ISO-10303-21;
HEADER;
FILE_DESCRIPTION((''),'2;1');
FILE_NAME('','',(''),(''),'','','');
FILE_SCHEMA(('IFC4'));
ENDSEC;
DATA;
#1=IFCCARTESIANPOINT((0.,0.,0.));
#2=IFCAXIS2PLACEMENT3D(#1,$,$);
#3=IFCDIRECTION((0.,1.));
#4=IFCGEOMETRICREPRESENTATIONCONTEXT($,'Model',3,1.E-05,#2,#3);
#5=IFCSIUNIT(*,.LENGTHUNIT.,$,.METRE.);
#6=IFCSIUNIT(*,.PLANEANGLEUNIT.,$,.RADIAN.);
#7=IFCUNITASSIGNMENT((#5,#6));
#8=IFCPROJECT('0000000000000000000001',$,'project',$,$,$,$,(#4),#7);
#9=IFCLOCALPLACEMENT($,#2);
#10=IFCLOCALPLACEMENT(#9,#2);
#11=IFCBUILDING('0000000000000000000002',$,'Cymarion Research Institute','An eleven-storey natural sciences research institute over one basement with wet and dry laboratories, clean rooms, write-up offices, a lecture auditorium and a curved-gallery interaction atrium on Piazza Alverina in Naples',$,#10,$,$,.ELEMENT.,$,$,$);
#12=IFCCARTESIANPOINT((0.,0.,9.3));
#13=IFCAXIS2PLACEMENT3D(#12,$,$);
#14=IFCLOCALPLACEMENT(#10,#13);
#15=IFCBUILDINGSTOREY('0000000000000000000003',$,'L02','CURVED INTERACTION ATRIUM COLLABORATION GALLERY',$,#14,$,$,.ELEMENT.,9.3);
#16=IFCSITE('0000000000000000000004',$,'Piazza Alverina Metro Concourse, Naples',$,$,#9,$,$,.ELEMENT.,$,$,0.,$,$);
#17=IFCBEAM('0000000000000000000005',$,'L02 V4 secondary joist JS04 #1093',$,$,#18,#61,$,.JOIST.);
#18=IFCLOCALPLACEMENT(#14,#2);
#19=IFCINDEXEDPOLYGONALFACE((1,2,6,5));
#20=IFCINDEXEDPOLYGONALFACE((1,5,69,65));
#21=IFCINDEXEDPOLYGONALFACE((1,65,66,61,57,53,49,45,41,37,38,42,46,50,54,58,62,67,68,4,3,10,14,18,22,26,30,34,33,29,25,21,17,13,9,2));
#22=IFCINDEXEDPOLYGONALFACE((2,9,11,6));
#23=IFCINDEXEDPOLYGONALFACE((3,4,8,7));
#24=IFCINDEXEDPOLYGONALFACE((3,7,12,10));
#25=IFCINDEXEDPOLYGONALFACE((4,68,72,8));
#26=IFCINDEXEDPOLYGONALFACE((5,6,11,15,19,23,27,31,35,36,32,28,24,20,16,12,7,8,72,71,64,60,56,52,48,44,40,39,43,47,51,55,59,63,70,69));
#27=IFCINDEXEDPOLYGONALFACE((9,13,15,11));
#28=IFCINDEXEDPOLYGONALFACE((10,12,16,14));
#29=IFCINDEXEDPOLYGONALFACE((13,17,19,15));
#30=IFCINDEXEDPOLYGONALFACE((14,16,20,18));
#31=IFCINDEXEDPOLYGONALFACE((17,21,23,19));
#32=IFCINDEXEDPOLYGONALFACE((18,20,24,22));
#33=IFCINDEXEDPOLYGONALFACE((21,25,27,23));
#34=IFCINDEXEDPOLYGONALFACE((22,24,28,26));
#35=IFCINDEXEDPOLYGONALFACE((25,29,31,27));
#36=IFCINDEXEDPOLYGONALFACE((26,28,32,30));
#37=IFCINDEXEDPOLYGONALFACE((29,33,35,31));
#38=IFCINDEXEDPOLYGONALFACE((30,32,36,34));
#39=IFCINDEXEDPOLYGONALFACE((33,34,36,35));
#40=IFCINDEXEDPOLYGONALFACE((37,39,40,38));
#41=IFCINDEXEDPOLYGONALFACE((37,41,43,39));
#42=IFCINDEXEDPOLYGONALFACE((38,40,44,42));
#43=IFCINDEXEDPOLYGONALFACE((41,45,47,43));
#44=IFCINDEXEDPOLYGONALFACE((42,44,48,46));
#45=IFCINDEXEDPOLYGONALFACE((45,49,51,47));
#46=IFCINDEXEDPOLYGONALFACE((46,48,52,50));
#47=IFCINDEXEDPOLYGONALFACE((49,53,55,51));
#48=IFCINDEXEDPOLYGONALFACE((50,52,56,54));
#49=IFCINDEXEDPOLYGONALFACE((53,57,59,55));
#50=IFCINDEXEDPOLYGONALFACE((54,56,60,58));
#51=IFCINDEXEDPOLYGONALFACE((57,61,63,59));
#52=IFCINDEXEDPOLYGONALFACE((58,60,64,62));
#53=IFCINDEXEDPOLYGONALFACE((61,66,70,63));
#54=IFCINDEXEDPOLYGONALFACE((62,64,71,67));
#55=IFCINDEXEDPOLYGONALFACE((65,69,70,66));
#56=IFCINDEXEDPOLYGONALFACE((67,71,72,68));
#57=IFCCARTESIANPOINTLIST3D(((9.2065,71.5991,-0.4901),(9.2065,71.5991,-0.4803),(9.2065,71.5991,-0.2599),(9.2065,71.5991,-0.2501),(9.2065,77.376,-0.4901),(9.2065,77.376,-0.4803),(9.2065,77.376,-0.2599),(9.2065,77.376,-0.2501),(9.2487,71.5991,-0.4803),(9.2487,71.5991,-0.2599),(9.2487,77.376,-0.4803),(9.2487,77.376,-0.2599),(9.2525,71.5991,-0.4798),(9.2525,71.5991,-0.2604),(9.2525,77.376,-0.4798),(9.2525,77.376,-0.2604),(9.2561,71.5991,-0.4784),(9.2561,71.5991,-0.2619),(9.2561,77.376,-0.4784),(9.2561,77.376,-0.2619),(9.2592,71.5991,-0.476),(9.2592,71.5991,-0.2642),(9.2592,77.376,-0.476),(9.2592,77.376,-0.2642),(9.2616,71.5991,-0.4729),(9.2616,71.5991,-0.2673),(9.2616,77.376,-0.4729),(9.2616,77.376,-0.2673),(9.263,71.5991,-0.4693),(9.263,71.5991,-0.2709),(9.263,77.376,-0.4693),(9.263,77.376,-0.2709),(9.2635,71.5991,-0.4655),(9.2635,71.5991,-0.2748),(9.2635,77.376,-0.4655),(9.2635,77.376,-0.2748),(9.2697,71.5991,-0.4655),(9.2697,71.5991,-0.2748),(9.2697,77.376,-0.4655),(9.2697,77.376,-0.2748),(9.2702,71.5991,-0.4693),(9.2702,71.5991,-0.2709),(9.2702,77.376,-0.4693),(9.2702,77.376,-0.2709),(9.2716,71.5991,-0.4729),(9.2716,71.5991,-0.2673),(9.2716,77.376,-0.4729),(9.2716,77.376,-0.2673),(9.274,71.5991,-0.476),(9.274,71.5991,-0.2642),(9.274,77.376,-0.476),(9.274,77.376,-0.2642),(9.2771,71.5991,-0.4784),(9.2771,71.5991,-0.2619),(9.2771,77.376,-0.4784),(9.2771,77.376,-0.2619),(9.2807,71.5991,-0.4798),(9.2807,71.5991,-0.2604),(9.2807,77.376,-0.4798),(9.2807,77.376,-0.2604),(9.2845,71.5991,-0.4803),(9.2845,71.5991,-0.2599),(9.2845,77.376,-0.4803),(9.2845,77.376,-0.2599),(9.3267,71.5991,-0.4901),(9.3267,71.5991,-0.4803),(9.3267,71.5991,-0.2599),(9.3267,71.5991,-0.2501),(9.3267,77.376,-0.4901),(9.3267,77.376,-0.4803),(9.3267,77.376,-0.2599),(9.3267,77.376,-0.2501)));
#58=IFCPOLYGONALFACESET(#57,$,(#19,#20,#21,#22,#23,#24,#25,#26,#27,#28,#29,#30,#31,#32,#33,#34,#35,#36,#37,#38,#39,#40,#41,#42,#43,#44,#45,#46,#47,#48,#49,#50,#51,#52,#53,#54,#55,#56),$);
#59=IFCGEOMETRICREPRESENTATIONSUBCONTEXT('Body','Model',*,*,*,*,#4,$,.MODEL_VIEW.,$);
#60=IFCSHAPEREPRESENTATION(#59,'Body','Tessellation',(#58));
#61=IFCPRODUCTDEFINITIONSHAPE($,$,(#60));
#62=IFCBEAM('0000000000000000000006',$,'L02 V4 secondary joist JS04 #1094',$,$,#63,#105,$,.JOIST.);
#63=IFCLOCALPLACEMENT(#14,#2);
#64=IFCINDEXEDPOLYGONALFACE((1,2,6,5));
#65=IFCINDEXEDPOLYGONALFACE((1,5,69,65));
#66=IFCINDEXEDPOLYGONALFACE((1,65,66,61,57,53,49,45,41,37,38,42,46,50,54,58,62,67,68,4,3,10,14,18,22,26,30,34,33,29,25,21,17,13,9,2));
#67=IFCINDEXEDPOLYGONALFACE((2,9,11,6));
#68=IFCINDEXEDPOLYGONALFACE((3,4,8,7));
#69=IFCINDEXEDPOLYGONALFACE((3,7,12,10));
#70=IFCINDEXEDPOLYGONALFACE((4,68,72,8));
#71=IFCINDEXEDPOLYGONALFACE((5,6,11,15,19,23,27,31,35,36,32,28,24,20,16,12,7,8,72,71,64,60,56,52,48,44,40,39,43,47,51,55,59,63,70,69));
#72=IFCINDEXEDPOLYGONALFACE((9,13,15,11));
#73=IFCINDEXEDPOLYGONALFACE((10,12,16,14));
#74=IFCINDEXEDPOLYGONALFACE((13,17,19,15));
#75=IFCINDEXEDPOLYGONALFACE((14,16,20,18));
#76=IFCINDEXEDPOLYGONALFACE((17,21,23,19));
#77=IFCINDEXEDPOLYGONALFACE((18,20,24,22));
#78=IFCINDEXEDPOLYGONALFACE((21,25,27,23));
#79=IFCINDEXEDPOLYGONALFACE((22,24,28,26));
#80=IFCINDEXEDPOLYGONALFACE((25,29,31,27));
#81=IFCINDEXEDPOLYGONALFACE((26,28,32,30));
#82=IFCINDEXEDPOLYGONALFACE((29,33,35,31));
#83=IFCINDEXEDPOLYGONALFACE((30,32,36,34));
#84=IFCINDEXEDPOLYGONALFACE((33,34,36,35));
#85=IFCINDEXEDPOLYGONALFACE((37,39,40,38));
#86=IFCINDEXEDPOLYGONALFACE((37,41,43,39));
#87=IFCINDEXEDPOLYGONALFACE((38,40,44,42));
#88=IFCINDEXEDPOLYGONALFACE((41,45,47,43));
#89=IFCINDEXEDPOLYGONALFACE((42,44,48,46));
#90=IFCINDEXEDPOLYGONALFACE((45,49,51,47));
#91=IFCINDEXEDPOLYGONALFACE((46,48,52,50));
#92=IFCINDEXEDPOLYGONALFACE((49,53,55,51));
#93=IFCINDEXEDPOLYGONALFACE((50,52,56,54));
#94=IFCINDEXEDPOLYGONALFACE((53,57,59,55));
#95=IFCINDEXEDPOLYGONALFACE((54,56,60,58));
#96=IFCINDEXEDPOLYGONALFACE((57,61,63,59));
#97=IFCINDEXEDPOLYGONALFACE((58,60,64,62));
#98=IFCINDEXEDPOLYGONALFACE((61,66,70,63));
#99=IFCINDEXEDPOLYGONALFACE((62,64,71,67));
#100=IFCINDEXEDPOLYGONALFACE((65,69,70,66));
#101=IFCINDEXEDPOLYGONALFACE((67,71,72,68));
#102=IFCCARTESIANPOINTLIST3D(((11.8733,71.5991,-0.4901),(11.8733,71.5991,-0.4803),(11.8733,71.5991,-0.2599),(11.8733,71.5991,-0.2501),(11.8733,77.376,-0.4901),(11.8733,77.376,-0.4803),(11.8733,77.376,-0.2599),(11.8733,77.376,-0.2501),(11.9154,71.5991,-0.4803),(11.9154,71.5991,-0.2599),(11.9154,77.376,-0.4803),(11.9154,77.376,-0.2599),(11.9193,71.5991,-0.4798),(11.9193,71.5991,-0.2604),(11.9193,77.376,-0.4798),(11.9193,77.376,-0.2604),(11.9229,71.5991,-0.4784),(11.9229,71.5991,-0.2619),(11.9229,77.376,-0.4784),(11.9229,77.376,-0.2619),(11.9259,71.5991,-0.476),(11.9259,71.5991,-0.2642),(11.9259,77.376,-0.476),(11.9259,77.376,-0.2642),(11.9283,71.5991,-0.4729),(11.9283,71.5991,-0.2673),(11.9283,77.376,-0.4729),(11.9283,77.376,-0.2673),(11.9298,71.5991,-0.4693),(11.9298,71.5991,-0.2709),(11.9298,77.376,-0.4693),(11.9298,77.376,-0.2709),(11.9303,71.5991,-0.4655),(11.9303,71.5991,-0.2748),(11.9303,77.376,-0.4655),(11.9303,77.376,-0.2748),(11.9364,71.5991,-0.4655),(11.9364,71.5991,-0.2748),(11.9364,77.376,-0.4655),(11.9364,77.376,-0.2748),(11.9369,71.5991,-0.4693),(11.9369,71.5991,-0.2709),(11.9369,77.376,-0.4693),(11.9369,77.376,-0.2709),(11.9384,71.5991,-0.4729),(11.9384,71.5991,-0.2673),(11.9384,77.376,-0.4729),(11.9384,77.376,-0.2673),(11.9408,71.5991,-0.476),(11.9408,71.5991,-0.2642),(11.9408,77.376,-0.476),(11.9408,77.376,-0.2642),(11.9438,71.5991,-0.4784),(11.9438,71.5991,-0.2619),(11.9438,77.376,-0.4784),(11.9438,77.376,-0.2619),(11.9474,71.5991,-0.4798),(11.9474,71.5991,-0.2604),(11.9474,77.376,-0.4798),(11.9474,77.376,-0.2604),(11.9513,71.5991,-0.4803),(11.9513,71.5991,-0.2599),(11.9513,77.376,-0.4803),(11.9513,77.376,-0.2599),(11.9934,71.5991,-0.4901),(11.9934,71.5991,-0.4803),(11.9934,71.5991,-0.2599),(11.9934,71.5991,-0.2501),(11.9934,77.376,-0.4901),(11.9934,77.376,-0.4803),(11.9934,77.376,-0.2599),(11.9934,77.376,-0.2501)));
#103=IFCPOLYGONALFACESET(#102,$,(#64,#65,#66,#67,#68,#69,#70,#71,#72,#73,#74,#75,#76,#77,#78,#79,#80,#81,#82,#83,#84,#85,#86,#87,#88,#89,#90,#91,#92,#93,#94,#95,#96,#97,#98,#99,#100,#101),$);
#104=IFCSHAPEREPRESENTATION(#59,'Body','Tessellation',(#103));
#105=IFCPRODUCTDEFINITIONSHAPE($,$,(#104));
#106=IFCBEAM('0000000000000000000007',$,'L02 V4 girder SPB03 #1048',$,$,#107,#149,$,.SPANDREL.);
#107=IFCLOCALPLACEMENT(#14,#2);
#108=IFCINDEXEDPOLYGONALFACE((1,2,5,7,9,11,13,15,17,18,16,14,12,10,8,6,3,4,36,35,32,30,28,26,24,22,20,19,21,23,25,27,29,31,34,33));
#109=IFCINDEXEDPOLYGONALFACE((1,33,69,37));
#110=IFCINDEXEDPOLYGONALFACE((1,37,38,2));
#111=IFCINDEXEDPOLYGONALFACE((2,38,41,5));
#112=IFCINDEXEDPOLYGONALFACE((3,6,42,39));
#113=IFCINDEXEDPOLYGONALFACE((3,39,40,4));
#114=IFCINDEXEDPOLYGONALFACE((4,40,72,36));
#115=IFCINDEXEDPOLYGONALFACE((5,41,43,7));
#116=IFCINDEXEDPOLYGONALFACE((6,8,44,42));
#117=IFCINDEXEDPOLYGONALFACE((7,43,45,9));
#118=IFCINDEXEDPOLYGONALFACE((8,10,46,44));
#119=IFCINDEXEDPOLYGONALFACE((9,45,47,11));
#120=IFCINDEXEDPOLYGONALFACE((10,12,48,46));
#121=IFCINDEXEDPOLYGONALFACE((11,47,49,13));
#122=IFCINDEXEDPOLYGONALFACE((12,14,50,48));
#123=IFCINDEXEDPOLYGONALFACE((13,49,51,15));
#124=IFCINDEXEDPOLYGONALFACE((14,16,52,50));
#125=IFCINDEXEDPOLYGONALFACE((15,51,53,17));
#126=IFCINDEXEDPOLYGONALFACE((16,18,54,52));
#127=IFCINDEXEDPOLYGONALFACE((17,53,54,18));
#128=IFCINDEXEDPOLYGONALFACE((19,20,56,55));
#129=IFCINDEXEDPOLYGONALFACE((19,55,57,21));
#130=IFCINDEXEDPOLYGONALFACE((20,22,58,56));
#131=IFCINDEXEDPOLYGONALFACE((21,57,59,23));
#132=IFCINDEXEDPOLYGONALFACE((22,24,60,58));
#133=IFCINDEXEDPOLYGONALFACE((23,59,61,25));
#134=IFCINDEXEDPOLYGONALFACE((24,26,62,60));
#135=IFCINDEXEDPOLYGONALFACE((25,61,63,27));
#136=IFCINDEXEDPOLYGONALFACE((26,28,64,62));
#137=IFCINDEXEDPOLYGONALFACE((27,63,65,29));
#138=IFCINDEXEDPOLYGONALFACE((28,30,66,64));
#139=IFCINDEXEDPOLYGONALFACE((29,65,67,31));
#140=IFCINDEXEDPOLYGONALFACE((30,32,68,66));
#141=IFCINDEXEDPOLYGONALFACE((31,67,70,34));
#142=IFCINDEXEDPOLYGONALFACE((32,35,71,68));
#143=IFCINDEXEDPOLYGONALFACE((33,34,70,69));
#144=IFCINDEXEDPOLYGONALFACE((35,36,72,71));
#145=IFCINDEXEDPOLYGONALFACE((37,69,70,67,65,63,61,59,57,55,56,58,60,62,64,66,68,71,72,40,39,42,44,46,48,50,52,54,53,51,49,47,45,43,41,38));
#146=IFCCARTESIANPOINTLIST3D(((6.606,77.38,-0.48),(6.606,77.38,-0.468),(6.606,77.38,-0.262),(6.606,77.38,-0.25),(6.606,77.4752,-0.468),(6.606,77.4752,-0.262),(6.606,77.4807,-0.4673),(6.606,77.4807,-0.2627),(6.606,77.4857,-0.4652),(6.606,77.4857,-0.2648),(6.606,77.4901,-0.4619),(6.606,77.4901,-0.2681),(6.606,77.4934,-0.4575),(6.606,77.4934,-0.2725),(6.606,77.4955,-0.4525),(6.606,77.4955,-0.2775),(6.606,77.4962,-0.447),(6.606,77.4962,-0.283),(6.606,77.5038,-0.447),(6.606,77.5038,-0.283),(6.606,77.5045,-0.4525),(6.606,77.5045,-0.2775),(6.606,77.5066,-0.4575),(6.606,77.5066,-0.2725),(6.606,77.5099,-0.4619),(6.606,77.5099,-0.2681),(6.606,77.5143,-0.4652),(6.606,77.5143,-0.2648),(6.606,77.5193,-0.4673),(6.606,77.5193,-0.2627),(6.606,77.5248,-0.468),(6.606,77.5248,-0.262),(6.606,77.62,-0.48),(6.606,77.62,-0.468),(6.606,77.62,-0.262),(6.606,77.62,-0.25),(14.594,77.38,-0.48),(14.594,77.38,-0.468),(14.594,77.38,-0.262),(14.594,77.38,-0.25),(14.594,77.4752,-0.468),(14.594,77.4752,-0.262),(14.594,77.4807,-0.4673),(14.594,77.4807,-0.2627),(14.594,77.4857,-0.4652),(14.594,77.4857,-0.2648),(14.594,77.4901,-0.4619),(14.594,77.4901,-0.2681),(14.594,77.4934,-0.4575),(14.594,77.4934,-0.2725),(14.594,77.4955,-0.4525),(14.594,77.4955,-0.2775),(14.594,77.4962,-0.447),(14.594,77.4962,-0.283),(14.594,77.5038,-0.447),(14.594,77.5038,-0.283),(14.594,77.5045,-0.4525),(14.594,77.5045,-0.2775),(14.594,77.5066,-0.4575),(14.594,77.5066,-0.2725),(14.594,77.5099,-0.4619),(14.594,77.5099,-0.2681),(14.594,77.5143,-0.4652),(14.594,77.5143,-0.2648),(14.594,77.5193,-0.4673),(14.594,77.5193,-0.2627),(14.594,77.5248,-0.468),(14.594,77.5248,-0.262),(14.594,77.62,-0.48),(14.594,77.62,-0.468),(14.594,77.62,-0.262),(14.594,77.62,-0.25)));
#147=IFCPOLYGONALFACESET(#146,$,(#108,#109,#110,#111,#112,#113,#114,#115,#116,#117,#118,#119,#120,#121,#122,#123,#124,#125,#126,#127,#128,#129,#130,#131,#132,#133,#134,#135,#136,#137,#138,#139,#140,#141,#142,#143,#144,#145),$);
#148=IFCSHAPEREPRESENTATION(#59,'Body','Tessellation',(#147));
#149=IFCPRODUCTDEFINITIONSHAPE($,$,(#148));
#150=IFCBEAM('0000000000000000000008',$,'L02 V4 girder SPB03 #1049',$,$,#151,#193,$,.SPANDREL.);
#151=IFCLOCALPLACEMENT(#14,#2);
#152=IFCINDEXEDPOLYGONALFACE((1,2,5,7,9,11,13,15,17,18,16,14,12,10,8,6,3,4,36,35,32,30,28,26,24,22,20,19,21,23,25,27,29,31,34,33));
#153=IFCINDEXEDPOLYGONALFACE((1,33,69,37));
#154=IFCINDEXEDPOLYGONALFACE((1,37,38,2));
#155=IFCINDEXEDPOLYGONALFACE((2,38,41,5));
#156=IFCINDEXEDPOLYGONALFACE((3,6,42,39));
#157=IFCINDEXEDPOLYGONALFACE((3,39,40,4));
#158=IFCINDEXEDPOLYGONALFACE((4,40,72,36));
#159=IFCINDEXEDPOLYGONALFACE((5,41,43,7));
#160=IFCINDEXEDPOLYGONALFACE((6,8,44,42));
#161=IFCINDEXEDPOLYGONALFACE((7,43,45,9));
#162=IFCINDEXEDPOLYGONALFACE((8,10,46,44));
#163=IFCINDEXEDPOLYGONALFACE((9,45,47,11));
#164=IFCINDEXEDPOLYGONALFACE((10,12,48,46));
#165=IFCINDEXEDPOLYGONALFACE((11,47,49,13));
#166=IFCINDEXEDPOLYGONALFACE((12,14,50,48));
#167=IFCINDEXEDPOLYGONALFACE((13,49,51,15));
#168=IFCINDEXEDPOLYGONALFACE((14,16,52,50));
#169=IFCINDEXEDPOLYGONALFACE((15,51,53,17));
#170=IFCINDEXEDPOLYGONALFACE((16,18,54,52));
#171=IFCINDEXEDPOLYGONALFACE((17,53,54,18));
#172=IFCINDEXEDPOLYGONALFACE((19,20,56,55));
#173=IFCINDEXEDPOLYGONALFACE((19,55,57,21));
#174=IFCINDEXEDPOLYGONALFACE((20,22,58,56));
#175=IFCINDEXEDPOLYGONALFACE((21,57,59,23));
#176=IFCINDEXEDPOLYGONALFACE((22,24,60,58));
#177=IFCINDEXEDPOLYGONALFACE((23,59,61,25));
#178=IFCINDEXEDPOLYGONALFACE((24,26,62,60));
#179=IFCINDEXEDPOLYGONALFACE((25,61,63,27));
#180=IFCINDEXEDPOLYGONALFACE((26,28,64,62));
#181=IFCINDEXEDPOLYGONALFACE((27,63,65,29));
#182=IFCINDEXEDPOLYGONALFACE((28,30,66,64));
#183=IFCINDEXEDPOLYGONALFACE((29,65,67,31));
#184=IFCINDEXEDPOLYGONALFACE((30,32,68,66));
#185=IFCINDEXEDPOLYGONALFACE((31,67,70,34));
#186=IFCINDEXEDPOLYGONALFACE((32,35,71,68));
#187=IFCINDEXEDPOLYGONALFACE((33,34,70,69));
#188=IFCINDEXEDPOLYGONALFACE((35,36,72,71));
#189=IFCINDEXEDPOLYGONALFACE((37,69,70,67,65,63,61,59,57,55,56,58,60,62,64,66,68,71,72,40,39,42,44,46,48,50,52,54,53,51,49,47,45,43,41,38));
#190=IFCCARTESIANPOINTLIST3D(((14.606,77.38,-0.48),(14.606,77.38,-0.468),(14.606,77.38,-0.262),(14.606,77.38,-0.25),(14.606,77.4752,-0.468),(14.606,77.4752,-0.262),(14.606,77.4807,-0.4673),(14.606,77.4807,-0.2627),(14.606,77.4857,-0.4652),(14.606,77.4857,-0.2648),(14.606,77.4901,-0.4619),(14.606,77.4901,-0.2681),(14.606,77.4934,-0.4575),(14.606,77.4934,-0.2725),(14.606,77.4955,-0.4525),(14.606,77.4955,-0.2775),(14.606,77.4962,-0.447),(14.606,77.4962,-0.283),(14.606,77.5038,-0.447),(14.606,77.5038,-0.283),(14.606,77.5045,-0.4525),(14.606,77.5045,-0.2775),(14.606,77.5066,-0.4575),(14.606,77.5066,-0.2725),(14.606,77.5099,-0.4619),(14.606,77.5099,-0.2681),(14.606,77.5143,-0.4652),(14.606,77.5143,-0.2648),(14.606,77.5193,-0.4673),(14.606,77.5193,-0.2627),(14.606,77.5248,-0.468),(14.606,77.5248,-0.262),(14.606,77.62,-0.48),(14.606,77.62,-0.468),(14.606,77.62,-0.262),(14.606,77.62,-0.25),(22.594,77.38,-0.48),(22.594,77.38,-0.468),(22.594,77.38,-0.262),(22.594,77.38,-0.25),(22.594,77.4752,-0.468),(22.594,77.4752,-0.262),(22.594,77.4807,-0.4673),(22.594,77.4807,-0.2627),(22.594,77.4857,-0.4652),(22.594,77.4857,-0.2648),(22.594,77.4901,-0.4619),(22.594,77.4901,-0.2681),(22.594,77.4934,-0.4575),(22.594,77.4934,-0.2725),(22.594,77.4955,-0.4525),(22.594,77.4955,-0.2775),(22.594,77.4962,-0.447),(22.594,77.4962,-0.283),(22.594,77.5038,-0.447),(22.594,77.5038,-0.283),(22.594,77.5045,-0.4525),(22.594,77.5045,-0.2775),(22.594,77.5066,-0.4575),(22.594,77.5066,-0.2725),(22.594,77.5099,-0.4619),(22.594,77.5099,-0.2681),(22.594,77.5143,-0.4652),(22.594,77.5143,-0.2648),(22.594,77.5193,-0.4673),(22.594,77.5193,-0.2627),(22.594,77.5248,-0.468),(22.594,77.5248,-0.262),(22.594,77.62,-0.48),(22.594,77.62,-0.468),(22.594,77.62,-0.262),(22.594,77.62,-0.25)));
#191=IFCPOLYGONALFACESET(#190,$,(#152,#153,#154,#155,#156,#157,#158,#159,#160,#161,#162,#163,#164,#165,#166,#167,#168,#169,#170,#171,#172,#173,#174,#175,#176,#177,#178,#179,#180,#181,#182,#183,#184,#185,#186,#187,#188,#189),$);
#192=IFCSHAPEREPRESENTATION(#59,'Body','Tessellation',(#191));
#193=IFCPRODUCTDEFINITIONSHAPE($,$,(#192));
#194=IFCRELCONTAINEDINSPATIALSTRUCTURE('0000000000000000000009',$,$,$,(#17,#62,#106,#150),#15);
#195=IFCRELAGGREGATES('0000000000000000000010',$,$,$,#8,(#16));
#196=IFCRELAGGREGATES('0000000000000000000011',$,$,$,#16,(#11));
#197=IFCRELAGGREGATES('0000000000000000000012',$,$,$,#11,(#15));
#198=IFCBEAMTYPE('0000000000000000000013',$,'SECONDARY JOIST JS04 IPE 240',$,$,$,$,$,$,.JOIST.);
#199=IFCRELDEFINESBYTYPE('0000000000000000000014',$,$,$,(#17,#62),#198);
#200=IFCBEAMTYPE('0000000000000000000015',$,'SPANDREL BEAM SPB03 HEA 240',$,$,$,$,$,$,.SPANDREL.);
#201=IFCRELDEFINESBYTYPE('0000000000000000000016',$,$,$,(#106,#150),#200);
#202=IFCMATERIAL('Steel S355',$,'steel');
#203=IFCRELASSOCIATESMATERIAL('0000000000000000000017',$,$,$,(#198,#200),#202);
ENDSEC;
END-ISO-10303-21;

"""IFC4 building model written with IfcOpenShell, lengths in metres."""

from ifc_helpers import new_model, si_unit, direction, frame, origin, origin_2d, place, context, subcontext, project, spatial, i_section, extrude, material, material_profile, profile_set, type_object, element, save


model = new_model("IFC4")

# Units and contexts
model_context = context("Model", 3, precision=1e-05, world=origin(), true_north=direction((0.0, 1.0)))
body_context = subcontext(model_context, "Body", "Model", "MODEL_VIEW")
ifc_project = project(units=[si_unit("LENGTHUNIT", "METRE"), si_unit("PLANEANGLEUNIT", "RADIAN")], contexts=[model_context])

# Site, building, storey
site_placement = place(None, origin())
site = spatial("IfcSite", under=ifc_project, at=site_placement, Name="Piazza Alverina Metro Concourse, Naples", CompositionType="ELEMENT", RefElevation=0.0)
building_placement = place(site_placement, origin())
building = spatial("IfcBuilding", under=site, at=building_placement, Name="Cymarion Research Institute", Description="An eleven-storey natural sciences research institute over one basement with wet and dry laboratories, clean rooms, write-up offices, a lecture auditorium and a curved-gallery interaction atrium on Piazza Alverina in Naples", CompositionType="ELEMENT")
storey_placement = place(building_placement, frame((0.0, 0.0, 9.3)))
storey = spatial("IfcBuildingStorey", under=building, at=storey_placement, Name="L02", Description="CURVED INTERACTION ATRIUM COLLABORATION GALLERY", CompositionType="ELEMENT", Elevation=9.3)

# Shared definitions
ifc_material_1 = material(Name="Steel S355", Category="steel")

# Beams
ifc_material_profile_1 = material_profile(ifc_material_1, i_section(OverallWidth=0.1201, OverallDepth=0.24, WebThickness=0.0061, FlangeThickness=0.0098, FilletRadius=0.0149, at=origin_2d()), Name="IPE 240")
ifc_profile_set_1 = profile_set([ifc_material_profile_1], Name="Steel S355")
beam_type_1 = type_object("IfcBeamType", Name="SECONDARY JOIST JS04 IPE 240", PredefinedType="JOIST", material=ifc_profile_set_1)
for number, where, z_axis, x_axis, name in (
    (1, (9.2666, 71.5991, -0.3701), (0.0, 1.0, 0.0), (-1.0, 0.0, 0.0), "L02 V4 secondary joist JS04 #1093"),
    (2, (11.9333, 71.5991, -0.3701), (0.0, 1.0, 0.0), (-1.0, 0.0, 0.0), "L02 V4 secondary joist JS04 #1094"),
):
    element("IfcBeam", number, at=place(storey_placement, frame(where, z_axis=z_axis, x_axis=x_axis)), inside=storey, type_object=beam_type_1, Name=name, PredefinedType="JOIST", context=body_context, shape_type="SweptSolid", body=[
        extrude(i_section(OverallWidth=0.1201, OverallDepth=0.24, WebThickness=0.0061, FlangeThickness=0.0098, FilletRadius=0.0149, at=origin_2d()), origin(), (0.0, 0.0, 1.0), 5.7769),
    ])
ifc_material_profile_2 = material_profile(ifc_material_1, i_section(OverallWidth=0.24, OverallDepth=0.23, WebThickness=0.0076, FlangeThickness=0.012, FilletRadius=0.021, at=origin_2d()), Name="HEA 240")
ifc_profile_set_2 = profile_set([ifc_material_profile_2], Name="Steel S355")
beam_type_2 = type_object("IfcBeamType", Name="SPANDREL BEAM SPB03 HEA 240", PredefinedType="SPANDREL", material=ifc_profile_set_2)
for number, where, z_axis, x_axis, name in (
    (3, (6.606, 77.5, -0.365), (1.0, 0.0, 0.0), (0.0, 1.0, 0.0), "L02 V4 girder SPB03 #1048"),
    (4, (14.606, 77.5, -0.365), (1.0, 0.0, 0.0), (0.0, 1.0, 0.0), "L02 V4 girder SPB03 #1049"),
):
    element("IfcBeam", number, at=place(storey_placement, frame(where, z_axis=z_axis, x_axis=x_axis)), inside=storey, type_object=beam_type_2, Name=name, PredefinedType="SPANDREL", context=body_context, shape_type="SweptSolid", body=[
        extrude(i_section(OverallWidth=0.24, OverallDepth=0.23, WebThickness=0.0076, FlangeThickness=0.012, FilletRadius=0.021, at=origin_2d()), origin(), (0.0, 0.0, 1.0), 7.988),
    ])

save(model, "model.ifc")
